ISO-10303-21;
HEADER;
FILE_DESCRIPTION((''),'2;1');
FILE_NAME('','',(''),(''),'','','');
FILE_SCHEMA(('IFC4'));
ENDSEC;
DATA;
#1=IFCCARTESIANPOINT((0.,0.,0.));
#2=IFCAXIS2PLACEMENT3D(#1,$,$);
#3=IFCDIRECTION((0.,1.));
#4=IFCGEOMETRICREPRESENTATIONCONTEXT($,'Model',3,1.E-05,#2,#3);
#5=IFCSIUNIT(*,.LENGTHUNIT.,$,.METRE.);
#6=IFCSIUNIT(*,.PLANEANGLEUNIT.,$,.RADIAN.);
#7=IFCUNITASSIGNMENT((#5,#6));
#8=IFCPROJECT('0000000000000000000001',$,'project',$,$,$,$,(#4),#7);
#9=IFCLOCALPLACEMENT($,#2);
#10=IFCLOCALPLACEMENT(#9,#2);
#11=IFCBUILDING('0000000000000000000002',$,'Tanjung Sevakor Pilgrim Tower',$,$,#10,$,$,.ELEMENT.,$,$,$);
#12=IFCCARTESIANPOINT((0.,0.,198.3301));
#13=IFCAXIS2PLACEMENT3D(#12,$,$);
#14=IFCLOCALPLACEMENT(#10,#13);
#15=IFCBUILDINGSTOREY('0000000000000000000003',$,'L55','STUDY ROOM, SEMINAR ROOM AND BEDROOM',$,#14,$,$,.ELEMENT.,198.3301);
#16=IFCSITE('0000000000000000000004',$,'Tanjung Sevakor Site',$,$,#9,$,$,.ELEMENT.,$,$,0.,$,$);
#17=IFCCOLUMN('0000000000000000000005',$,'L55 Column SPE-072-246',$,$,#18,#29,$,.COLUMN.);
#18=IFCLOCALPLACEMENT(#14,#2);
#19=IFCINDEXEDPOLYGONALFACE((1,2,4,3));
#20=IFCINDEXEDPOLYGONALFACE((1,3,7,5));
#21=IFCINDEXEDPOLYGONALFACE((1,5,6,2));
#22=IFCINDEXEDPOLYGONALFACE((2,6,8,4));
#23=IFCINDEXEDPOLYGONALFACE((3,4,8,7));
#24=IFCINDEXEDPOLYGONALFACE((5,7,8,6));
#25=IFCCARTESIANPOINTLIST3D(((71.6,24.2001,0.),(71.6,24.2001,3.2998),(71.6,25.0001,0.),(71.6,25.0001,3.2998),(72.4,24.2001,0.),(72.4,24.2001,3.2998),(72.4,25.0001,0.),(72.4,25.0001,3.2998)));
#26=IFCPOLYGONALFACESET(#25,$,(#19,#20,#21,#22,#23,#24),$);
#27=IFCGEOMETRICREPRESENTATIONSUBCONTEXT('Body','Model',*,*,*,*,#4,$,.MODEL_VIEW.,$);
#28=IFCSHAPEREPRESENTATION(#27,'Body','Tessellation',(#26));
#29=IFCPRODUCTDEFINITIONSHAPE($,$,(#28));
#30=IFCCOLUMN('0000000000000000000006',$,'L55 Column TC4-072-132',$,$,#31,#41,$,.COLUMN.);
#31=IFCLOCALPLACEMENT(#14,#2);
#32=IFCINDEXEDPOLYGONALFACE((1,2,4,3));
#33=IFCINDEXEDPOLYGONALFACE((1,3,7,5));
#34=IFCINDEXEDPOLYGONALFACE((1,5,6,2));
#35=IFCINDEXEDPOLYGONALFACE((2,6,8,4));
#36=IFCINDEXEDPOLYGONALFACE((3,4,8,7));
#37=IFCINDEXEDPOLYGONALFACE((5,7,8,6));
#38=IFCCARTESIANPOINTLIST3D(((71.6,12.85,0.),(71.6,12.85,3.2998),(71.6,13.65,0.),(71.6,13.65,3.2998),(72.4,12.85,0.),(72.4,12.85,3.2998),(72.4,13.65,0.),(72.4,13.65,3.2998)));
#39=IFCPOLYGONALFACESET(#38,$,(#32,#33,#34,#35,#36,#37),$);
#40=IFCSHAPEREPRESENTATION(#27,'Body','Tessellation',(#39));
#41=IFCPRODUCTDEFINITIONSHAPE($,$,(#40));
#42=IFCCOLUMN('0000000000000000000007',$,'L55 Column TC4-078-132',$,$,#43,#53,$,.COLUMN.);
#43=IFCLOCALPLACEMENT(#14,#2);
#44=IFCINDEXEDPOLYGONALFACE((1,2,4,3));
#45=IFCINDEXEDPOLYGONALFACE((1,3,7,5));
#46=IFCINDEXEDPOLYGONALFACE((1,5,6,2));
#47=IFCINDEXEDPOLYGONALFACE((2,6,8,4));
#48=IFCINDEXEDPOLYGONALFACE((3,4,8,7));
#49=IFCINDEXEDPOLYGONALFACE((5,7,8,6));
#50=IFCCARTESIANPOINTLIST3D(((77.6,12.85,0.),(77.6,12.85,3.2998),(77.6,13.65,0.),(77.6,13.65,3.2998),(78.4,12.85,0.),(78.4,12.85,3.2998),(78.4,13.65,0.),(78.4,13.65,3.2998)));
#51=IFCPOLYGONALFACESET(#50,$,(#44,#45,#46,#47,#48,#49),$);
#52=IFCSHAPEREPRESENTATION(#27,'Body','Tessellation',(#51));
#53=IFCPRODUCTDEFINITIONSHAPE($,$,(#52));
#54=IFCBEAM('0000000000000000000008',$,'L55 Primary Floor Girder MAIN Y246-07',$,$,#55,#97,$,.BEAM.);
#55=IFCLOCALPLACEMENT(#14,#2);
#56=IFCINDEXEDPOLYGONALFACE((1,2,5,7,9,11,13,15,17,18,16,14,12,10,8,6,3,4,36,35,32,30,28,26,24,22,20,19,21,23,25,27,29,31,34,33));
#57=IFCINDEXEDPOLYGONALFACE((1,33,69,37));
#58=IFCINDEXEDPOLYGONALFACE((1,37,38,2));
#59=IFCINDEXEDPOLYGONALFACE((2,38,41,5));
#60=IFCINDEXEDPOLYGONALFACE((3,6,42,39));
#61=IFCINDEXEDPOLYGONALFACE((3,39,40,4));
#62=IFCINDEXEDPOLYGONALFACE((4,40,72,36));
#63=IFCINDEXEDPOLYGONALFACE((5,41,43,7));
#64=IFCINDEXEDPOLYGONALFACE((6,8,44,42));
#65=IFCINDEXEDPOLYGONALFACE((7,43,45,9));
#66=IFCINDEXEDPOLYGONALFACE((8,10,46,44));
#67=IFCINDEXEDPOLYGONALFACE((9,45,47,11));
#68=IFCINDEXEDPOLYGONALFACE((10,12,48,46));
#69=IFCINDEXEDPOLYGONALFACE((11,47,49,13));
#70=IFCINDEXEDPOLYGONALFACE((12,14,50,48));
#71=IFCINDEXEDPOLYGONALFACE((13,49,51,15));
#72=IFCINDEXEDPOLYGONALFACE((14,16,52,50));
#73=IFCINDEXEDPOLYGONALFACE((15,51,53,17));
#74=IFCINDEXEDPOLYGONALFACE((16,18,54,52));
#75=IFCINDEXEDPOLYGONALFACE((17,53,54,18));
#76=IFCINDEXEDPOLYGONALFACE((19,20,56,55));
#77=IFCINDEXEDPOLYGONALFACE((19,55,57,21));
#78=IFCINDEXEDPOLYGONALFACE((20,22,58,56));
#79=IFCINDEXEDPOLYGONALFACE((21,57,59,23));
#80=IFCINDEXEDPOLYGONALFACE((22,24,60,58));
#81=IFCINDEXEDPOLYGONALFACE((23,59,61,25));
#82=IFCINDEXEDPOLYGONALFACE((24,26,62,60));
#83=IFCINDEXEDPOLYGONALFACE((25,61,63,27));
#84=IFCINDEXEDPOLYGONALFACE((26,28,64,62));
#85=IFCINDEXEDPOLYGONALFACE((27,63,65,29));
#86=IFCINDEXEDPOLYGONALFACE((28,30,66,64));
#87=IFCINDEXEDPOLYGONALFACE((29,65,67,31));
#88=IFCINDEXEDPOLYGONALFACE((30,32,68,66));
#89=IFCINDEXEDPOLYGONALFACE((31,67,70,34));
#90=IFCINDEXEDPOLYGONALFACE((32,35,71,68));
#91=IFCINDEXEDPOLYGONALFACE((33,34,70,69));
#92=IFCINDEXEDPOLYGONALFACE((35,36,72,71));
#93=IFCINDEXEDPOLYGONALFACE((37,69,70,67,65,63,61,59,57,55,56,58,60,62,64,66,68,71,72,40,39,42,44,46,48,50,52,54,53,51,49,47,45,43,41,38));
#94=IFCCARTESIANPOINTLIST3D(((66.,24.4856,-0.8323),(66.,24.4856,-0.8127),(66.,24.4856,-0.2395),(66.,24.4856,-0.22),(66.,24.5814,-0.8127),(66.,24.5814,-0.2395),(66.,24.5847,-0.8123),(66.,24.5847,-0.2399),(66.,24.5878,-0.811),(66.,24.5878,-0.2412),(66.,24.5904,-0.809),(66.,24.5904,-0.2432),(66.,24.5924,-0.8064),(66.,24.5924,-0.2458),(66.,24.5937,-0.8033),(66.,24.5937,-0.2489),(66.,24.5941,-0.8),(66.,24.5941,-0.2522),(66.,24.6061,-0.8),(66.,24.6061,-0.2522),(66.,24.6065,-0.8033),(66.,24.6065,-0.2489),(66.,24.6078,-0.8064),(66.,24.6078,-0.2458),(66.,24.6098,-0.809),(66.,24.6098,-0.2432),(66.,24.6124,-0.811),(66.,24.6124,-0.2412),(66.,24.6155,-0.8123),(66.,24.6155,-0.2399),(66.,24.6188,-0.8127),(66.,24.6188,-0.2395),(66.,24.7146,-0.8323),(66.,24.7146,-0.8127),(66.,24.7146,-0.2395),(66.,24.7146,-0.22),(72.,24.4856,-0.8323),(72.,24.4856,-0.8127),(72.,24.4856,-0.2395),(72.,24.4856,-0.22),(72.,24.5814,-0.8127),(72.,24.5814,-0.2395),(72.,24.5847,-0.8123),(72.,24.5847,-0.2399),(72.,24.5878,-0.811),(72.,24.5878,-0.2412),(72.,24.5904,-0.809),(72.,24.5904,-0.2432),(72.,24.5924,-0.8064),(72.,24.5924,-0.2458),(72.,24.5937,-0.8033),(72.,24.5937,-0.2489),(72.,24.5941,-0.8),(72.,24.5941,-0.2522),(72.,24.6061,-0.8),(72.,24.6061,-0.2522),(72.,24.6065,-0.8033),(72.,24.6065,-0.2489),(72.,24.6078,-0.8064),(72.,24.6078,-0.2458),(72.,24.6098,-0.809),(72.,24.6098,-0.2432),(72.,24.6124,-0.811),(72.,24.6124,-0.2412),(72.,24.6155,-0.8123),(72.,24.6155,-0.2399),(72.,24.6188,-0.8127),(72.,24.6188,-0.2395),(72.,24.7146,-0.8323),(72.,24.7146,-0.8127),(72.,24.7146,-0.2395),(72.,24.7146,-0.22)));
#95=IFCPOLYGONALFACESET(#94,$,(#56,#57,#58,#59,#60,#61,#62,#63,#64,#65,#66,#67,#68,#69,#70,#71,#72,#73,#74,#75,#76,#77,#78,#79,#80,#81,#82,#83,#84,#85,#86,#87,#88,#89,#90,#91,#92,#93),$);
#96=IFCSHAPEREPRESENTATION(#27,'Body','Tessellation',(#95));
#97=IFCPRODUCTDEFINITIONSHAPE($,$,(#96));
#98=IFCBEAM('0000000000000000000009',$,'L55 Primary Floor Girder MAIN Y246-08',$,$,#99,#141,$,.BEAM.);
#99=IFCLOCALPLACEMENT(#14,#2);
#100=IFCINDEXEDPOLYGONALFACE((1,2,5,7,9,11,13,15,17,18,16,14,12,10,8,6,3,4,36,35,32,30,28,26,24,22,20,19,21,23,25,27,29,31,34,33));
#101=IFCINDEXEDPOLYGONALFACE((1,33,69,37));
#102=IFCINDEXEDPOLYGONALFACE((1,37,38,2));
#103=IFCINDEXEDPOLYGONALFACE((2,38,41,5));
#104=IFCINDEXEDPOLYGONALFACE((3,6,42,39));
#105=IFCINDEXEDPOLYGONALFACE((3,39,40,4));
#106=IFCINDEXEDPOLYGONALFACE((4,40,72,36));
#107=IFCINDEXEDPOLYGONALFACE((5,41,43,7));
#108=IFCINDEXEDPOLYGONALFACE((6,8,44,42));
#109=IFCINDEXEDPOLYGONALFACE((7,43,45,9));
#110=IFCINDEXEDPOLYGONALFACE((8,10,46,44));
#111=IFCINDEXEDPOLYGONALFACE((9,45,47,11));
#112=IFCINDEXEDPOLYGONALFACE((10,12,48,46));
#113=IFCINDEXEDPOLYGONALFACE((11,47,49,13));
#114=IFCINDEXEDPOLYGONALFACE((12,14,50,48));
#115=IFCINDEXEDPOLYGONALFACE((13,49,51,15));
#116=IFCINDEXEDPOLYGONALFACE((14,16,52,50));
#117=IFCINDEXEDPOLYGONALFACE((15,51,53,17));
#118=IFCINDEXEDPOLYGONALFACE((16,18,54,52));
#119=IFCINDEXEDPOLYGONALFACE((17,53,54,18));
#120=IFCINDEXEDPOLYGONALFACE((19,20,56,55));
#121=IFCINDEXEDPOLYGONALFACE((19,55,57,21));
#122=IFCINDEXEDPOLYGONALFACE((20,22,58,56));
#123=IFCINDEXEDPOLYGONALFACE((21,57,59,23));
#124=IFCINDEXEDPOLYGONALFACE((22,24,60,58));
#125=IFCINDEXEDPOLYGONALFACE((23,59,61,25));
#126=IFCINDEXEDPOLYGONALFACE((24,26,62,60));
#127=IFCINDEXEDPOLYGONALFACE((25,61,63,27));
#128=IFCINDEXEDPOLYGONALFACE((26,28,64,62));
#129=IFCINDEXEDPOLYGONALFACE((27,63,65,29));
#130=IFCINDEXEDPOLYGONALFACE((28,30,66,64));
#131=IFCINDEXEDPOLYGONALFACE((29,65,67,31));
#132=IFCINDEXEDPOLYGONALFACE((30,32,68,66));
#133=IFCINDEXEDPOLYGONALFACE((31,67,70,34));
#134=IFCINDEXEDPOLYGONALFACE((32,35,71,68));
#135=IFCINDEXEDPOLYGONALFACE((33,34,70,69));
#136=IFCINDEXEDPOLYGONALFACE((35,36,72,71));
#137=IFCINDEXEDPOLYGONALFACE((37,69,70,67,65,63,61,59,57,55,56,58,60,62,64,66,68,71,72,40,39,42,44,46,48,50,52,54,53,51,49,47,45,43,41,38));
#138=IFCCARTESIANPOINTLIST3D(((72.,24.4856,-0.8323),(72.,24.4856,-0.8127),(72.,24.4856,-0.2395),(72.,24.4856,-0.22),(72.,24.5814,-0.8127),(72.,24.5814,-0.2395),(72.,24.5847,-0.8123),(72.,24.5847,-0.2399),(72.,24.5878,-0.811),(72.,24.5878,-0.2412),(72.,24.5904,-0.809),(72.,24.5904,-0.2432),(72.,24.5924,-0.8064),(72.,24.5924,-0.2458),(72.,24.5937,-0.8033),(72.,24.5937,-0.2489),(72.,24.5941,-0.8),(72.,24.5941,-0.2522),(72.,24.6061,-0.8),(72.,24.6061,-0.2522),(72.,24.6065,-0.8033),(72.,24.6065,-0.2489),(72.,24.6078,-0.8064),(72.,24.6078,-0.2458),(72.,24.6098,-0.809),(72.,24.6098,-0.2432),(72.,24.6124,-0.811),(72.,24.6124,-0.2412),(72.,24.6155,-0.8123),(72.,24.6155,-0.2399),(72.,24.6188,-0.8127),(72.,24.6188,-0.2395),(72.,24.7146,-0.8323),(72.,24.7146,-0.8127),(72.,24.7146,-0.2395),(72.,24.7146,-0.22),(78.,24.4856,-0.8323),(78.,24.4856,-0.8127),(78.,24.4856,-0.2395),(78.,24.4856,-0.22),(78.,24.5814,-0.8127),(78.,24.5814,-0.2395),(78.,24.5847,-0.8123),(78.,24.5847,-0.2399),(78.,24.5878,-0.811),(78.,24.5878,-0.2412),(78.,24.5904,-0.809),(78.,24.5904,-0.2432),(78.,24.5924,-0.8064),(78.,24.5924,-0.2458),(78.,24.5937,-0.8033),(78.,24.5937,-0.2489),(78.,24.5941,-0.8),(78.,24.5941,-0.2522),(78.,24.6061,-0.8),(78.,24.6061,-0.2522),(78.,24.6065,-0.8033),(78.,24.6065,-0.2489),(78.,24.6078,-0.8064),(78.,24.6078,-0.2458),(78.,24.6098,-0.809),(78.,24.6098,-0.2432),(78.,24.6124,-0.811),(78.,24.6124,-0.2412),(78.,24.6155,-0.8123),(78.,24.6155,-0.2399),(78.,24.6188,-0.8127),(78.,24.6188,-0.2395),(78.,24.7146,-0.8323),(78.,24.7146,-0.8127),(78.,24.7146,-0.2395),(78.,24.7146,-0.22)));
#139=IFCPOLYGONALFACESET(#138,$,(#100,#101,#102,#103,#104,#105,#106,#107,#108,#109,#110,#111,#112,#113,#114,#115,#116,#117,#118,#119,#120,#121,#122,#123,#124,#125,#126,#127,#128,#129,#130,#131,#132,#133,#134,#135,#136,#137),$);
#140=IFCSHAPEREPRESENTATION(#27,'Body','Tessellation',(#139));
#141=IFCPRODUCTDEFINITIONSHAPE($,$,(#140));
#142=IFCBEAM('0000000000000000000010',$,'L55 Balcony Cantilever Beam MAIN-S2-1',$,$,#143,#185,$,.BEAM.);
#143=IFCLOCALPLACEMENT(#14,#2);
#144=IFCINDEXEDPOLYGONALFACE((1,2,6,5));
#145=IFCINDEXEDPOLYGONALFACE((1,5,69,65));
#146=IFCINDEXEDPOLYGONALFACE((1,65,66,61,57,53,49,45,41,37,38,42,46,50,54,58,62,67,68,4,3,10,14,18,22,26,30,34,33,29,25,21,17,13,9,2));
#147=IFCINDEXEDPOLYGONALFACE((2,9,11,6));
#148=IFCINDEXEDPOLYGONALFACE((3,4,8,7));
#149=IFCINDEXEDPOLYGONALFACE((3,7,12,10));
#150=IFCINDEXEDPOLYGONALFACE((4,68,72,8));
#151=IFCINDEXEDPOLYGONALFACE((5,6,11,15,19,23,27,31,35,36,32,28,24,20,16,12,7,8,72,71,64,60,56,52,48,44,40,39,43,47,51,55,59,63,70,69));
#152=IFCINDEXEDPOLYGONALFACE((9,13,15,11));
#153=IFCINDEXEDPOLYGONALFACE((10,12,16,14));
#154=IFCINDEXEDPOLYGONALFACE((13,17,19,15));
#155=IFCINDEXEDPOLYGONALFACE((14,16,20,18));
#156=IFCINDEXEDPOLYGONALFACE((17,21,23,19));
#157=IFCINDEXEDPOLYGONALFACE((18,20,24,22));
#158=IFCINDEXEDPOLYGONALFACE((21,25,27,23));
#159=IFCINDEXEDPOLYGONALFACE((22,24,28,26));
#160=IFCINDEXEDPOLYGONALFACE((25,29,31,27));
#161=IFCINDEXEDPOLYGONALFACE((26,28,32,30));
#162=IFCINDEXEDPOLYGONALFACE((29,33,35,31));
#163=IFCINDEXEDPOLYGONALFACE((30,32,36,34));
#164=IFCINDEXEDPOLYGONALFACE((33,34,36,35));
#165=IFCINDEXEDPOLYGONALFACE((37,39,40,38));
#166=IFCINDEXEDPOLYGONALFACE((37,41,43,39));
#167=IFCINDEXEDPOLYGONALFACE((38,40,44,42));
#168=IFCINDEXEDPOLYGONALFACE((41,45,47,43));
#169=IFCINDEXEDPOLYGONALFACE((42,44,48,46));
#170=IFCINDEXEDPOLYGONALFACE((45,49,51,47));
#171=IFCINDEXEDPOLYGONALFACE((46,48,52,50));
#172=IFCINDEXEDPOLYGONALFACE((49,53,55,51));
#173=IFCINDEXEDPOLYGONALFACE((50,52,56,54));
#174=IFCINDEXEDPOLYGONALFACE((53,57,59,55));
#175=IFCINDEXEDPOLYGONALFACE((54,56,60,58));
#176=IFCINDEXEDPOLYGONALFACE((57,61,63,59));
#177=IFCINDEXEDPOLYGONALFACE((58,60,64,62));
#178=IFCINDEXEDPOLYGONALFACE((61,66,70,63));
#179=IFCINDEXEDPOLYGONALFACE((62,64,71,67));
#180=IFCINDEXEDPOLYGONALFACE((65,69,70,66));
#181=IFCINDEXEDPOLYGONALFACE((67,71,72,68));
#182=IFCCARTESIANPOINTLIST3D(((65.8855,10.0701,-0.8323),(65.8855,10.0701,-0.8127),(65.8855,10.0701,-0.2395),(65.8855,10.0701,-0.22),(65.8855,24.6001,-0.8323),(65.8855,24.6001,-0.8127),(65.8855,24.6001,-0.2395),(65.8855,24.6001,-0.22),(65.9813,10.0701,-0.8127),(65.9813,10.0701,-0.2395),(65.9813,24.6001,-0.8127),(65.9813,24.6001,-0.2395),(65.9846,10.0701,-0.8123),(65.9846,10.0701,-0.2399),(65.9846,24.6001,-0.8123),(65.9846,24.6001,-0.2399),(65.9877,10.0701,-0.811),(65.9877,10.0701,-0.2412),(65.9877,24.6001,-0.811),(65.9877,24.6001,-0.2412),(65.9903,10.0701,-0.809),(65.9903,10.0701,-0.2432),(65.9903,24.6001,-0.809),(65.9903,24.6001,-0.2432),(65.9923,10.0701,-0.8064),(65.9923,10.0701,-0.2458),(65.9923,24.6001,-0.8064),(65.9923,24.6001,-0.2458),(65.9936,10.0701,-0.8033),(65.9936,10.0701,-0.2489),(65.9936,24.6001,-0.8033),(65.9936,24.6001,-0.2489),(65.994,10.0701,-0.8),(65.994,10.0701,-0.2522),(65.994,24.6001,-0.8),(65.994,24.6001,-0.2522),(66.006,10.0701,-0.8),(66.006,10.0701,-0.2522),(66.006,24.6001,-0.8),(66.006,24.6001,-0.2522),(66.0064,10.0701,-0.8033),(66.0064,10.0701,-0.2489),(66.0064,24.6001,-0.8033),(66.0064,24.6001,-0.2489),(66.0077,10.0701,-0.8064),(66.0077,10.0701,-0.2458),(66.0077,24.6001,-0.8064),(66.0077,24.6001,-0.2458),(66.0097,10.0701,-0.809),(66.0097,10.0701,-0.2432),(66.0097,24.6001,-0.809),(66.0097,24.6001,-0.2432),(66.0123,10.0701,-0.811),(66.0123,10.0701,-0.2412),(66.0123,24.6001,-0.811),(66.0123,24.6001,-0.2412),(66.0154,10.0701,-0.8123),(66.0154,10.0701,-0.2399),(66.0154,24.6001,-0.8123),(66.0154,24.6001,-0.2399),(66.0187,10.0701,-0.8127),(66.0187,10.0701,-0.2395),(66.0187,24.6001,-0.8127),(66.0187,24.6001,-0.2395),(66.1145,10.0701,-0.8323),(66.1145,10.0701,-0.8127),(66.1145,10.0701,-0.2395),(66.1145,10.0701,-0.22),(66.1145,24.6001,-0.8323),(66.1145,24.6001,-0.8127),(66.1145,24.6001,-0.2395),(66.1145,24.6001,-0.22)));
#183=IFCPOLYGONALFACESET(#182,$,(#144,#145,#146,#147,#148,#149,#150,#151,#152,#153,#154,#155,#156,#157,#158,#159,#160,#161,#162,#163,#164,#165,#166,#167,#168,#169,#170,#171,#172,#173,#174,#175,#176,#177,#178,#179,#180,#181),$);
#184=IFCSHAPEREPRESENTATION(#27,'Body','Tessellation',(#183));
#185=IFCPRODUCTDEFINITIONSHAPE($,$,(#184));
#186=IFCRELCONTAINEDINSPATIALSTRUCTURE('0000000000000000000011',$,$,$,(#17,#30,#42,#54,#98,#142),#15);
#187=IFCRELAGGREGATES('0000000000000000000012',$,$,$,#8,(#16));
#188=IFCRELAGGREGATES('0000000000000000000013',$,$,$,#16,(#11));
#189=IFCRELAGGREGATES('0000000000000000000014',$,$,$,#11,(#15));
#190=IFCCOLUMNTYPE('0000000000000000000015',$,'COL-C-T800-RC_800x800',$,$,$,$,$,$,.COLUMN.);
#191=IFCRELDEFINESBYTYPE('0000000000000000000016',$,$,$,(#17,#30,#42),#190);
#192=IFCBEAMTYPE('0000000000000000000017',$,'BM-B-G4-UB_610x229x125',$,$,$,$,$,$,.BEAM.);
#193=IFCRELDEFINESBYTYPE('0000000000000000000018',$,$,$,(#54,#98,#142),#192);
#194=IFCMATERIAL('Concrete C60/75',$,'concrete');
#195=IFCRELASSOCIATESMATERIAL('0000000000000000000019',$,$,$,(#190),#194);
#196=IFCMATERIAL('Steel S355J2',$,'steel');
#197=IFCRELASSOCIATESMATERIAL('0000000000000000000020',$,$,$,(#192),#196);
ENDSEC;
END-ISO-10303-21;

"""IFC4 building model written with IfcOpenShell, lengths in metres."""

from ifc_helpers import new_model, si_unit, direction, frame, origin, origin_2d, place, context, subcontext, project, spatial, rectangle, i_section, extrude, material, material_profile, profile_set, type_object, element, save


model = new_model("IFC4")

# Units and contexts
model_context = context("Model", 3, precision=1e-05, world=origin(), true_north=direction((0.0, 1.0)))
body_context = subcontext(model_context, "Body", "Model", "MODEL_VIEW")
ifc_project = project(units=[si_unit("LENGTHUNIT", "METRE"), si_unit("PLANEANGLEUNIT", "RADIAN")], contexts=[model_context])

# Site, building, storey
site_placement = place(None, origin())
site = spatial("IfcSite", under=ifc_project, at=site_placement, Name="Tanjung Sevakor Site", CompositionType="ELEMENT", RefElevation=0.0)
building_placement = place(site_placement, origin())
building = spatial("IfcBuilding", under=site, at=building_placement, Name="Tanjung Sevakor Pilgrim Tower", CompositionType="ELEMENT")
storey_placement = place(building_placement, frame((0.0, 0.0, 198.3301)))
storey = spatial("IfcBuildingStorey", under=building, at=storey_placement, Name="L55", Description="STUDY ROOM, SEMINAR ROOM AND BEDROOM", CompositionType="ELEMENT", Elevation=198.3301)

# Columns
ifc_material_1 = material(Name="Concrete C60/75", Category="concrete")
ifc_material_profile_1 = material_profile(ifc_material_1, rectangle(XDim=0.8, YDim=0.8, at=origin_2d()))
ifc_profile_set_1 = profile_set([ifc_material_profile_1], Name="Concrete C60/75")
column_type = type_object("IfcColumnType", Name="COL-C-T800-RC_800x800", PredefinedType="COLUMN", material=ifc_profile_set_1)
for number, where, z_axis, x_axis, name in (
    (1, (72.0, 24.6001, 0.0), (0.0, 0.0, 1.0), (1.0, 0.0, 0.0), "L55 Column SPE-072-246"),
    (2, (72.0, 13.25, 0.0), (0.0, 0.0, 1.0), (1.0, 0.0, 0.0), "L55 Column TC4-072-132"),
    (3, (78.0, 13.25, 0.0), (0.0, 0.0, 1.0), (1.0, 0.0, 0.0), "L55 Column TC4-078-132"),
):
    element("IfcColumn", number, at=place(storey_placement, frame(where, z_axis=z_axis, x_axis=x_axis)), inside=storey, type_object=column_type, Name=name, PredefinedType="COLUMN", context=body_context, shape_type="SweptSolid", body=[
        extrude(rectangle(XDim=0.8, YDim=0.8, at=origin_2d()), origin(), (0.0, 0.0, 1.0), 3.2998),
    ])

# Beams
ifc_material_2 = material(Name="Steel S355J2", Category="steel")
ifc_material_profile_2 = material_profile(ifc_material_2, i_section(OverallWidth=0.229, OverallDepth=0.6123, WebThickness=0.012, FlangeThickness=0.0195, FilletRadius=0.0127, at=origin_2d()))
ifc_profile_set_2 = profile_set([ifc_material_profile_2], Name="Steel S355J2")
beam_type_1 = type_object("IfcBeamType", Name="BM-B-G4-UB_610x229x125", PredefinedType="BEAM", material=ifc_profile_set_2)
for number, where, z_axis, x_axis, name in (
    (4, (66.0, 24.6001, -0.5261), (1.0, 0.0, 0.0), (0.0, 1.0, 0.0), "L55 Primary Floor Girder MAIN Y246-07"),
    (5, (72.0, 24.6001, -0.5261), (1.0, 0.0, 0.0), (0.0, 1.0, 0.0), "L55 Primary Floor Girder MAIN Y246-08"),
):
    element("IfcBeam", number, at=place(storey_placement, frame(where, z_axis=z_axis, x_axis=x_axis)), inside=storey, type_object=beam_type_1, Name=name, PredefinedType="BEAM", context=body_context, shape_type="SweptSolid", body=[
        extrude(i_section(OverallWidth=0.229, OverallDepth=0.6123, WebThickness=0.012, FlangeThickness=0.0195, FilletRadius=0.0127, at=origin_2d()), origin(), (0.0, 0.0, 1.0), 6.0),
    ])
for number, where, z_axis, x_axis, name in (
    (6, (66.0, 24.6001, -0.5261), (0.0, -1.0, 0.0), (1.0, 0.0, 0.0), "L55 Balcony Cantilever Beam MAIN-S2-1"),
):
    element("IfcBeam", number, at=place(storey_placement, frame(where, z_axis=z_axis, x_axis=x_axis)), inside=storey, type_object=beam_type_1, Name=name, PredefinedType="BEAM", context=body_context, shape_type="SweptSolid", body=[
        extrude(i_section(OverallWidth=0.229, OverallDepth=0.6123, WebThickness=0.012, FlangeThickness=0.0195, FilletRadius=0.0127, at=origin_2d()), origin(), (0.0, 0.0, 1.0), 14.53),
    ])

save(model, "model.ifc")
